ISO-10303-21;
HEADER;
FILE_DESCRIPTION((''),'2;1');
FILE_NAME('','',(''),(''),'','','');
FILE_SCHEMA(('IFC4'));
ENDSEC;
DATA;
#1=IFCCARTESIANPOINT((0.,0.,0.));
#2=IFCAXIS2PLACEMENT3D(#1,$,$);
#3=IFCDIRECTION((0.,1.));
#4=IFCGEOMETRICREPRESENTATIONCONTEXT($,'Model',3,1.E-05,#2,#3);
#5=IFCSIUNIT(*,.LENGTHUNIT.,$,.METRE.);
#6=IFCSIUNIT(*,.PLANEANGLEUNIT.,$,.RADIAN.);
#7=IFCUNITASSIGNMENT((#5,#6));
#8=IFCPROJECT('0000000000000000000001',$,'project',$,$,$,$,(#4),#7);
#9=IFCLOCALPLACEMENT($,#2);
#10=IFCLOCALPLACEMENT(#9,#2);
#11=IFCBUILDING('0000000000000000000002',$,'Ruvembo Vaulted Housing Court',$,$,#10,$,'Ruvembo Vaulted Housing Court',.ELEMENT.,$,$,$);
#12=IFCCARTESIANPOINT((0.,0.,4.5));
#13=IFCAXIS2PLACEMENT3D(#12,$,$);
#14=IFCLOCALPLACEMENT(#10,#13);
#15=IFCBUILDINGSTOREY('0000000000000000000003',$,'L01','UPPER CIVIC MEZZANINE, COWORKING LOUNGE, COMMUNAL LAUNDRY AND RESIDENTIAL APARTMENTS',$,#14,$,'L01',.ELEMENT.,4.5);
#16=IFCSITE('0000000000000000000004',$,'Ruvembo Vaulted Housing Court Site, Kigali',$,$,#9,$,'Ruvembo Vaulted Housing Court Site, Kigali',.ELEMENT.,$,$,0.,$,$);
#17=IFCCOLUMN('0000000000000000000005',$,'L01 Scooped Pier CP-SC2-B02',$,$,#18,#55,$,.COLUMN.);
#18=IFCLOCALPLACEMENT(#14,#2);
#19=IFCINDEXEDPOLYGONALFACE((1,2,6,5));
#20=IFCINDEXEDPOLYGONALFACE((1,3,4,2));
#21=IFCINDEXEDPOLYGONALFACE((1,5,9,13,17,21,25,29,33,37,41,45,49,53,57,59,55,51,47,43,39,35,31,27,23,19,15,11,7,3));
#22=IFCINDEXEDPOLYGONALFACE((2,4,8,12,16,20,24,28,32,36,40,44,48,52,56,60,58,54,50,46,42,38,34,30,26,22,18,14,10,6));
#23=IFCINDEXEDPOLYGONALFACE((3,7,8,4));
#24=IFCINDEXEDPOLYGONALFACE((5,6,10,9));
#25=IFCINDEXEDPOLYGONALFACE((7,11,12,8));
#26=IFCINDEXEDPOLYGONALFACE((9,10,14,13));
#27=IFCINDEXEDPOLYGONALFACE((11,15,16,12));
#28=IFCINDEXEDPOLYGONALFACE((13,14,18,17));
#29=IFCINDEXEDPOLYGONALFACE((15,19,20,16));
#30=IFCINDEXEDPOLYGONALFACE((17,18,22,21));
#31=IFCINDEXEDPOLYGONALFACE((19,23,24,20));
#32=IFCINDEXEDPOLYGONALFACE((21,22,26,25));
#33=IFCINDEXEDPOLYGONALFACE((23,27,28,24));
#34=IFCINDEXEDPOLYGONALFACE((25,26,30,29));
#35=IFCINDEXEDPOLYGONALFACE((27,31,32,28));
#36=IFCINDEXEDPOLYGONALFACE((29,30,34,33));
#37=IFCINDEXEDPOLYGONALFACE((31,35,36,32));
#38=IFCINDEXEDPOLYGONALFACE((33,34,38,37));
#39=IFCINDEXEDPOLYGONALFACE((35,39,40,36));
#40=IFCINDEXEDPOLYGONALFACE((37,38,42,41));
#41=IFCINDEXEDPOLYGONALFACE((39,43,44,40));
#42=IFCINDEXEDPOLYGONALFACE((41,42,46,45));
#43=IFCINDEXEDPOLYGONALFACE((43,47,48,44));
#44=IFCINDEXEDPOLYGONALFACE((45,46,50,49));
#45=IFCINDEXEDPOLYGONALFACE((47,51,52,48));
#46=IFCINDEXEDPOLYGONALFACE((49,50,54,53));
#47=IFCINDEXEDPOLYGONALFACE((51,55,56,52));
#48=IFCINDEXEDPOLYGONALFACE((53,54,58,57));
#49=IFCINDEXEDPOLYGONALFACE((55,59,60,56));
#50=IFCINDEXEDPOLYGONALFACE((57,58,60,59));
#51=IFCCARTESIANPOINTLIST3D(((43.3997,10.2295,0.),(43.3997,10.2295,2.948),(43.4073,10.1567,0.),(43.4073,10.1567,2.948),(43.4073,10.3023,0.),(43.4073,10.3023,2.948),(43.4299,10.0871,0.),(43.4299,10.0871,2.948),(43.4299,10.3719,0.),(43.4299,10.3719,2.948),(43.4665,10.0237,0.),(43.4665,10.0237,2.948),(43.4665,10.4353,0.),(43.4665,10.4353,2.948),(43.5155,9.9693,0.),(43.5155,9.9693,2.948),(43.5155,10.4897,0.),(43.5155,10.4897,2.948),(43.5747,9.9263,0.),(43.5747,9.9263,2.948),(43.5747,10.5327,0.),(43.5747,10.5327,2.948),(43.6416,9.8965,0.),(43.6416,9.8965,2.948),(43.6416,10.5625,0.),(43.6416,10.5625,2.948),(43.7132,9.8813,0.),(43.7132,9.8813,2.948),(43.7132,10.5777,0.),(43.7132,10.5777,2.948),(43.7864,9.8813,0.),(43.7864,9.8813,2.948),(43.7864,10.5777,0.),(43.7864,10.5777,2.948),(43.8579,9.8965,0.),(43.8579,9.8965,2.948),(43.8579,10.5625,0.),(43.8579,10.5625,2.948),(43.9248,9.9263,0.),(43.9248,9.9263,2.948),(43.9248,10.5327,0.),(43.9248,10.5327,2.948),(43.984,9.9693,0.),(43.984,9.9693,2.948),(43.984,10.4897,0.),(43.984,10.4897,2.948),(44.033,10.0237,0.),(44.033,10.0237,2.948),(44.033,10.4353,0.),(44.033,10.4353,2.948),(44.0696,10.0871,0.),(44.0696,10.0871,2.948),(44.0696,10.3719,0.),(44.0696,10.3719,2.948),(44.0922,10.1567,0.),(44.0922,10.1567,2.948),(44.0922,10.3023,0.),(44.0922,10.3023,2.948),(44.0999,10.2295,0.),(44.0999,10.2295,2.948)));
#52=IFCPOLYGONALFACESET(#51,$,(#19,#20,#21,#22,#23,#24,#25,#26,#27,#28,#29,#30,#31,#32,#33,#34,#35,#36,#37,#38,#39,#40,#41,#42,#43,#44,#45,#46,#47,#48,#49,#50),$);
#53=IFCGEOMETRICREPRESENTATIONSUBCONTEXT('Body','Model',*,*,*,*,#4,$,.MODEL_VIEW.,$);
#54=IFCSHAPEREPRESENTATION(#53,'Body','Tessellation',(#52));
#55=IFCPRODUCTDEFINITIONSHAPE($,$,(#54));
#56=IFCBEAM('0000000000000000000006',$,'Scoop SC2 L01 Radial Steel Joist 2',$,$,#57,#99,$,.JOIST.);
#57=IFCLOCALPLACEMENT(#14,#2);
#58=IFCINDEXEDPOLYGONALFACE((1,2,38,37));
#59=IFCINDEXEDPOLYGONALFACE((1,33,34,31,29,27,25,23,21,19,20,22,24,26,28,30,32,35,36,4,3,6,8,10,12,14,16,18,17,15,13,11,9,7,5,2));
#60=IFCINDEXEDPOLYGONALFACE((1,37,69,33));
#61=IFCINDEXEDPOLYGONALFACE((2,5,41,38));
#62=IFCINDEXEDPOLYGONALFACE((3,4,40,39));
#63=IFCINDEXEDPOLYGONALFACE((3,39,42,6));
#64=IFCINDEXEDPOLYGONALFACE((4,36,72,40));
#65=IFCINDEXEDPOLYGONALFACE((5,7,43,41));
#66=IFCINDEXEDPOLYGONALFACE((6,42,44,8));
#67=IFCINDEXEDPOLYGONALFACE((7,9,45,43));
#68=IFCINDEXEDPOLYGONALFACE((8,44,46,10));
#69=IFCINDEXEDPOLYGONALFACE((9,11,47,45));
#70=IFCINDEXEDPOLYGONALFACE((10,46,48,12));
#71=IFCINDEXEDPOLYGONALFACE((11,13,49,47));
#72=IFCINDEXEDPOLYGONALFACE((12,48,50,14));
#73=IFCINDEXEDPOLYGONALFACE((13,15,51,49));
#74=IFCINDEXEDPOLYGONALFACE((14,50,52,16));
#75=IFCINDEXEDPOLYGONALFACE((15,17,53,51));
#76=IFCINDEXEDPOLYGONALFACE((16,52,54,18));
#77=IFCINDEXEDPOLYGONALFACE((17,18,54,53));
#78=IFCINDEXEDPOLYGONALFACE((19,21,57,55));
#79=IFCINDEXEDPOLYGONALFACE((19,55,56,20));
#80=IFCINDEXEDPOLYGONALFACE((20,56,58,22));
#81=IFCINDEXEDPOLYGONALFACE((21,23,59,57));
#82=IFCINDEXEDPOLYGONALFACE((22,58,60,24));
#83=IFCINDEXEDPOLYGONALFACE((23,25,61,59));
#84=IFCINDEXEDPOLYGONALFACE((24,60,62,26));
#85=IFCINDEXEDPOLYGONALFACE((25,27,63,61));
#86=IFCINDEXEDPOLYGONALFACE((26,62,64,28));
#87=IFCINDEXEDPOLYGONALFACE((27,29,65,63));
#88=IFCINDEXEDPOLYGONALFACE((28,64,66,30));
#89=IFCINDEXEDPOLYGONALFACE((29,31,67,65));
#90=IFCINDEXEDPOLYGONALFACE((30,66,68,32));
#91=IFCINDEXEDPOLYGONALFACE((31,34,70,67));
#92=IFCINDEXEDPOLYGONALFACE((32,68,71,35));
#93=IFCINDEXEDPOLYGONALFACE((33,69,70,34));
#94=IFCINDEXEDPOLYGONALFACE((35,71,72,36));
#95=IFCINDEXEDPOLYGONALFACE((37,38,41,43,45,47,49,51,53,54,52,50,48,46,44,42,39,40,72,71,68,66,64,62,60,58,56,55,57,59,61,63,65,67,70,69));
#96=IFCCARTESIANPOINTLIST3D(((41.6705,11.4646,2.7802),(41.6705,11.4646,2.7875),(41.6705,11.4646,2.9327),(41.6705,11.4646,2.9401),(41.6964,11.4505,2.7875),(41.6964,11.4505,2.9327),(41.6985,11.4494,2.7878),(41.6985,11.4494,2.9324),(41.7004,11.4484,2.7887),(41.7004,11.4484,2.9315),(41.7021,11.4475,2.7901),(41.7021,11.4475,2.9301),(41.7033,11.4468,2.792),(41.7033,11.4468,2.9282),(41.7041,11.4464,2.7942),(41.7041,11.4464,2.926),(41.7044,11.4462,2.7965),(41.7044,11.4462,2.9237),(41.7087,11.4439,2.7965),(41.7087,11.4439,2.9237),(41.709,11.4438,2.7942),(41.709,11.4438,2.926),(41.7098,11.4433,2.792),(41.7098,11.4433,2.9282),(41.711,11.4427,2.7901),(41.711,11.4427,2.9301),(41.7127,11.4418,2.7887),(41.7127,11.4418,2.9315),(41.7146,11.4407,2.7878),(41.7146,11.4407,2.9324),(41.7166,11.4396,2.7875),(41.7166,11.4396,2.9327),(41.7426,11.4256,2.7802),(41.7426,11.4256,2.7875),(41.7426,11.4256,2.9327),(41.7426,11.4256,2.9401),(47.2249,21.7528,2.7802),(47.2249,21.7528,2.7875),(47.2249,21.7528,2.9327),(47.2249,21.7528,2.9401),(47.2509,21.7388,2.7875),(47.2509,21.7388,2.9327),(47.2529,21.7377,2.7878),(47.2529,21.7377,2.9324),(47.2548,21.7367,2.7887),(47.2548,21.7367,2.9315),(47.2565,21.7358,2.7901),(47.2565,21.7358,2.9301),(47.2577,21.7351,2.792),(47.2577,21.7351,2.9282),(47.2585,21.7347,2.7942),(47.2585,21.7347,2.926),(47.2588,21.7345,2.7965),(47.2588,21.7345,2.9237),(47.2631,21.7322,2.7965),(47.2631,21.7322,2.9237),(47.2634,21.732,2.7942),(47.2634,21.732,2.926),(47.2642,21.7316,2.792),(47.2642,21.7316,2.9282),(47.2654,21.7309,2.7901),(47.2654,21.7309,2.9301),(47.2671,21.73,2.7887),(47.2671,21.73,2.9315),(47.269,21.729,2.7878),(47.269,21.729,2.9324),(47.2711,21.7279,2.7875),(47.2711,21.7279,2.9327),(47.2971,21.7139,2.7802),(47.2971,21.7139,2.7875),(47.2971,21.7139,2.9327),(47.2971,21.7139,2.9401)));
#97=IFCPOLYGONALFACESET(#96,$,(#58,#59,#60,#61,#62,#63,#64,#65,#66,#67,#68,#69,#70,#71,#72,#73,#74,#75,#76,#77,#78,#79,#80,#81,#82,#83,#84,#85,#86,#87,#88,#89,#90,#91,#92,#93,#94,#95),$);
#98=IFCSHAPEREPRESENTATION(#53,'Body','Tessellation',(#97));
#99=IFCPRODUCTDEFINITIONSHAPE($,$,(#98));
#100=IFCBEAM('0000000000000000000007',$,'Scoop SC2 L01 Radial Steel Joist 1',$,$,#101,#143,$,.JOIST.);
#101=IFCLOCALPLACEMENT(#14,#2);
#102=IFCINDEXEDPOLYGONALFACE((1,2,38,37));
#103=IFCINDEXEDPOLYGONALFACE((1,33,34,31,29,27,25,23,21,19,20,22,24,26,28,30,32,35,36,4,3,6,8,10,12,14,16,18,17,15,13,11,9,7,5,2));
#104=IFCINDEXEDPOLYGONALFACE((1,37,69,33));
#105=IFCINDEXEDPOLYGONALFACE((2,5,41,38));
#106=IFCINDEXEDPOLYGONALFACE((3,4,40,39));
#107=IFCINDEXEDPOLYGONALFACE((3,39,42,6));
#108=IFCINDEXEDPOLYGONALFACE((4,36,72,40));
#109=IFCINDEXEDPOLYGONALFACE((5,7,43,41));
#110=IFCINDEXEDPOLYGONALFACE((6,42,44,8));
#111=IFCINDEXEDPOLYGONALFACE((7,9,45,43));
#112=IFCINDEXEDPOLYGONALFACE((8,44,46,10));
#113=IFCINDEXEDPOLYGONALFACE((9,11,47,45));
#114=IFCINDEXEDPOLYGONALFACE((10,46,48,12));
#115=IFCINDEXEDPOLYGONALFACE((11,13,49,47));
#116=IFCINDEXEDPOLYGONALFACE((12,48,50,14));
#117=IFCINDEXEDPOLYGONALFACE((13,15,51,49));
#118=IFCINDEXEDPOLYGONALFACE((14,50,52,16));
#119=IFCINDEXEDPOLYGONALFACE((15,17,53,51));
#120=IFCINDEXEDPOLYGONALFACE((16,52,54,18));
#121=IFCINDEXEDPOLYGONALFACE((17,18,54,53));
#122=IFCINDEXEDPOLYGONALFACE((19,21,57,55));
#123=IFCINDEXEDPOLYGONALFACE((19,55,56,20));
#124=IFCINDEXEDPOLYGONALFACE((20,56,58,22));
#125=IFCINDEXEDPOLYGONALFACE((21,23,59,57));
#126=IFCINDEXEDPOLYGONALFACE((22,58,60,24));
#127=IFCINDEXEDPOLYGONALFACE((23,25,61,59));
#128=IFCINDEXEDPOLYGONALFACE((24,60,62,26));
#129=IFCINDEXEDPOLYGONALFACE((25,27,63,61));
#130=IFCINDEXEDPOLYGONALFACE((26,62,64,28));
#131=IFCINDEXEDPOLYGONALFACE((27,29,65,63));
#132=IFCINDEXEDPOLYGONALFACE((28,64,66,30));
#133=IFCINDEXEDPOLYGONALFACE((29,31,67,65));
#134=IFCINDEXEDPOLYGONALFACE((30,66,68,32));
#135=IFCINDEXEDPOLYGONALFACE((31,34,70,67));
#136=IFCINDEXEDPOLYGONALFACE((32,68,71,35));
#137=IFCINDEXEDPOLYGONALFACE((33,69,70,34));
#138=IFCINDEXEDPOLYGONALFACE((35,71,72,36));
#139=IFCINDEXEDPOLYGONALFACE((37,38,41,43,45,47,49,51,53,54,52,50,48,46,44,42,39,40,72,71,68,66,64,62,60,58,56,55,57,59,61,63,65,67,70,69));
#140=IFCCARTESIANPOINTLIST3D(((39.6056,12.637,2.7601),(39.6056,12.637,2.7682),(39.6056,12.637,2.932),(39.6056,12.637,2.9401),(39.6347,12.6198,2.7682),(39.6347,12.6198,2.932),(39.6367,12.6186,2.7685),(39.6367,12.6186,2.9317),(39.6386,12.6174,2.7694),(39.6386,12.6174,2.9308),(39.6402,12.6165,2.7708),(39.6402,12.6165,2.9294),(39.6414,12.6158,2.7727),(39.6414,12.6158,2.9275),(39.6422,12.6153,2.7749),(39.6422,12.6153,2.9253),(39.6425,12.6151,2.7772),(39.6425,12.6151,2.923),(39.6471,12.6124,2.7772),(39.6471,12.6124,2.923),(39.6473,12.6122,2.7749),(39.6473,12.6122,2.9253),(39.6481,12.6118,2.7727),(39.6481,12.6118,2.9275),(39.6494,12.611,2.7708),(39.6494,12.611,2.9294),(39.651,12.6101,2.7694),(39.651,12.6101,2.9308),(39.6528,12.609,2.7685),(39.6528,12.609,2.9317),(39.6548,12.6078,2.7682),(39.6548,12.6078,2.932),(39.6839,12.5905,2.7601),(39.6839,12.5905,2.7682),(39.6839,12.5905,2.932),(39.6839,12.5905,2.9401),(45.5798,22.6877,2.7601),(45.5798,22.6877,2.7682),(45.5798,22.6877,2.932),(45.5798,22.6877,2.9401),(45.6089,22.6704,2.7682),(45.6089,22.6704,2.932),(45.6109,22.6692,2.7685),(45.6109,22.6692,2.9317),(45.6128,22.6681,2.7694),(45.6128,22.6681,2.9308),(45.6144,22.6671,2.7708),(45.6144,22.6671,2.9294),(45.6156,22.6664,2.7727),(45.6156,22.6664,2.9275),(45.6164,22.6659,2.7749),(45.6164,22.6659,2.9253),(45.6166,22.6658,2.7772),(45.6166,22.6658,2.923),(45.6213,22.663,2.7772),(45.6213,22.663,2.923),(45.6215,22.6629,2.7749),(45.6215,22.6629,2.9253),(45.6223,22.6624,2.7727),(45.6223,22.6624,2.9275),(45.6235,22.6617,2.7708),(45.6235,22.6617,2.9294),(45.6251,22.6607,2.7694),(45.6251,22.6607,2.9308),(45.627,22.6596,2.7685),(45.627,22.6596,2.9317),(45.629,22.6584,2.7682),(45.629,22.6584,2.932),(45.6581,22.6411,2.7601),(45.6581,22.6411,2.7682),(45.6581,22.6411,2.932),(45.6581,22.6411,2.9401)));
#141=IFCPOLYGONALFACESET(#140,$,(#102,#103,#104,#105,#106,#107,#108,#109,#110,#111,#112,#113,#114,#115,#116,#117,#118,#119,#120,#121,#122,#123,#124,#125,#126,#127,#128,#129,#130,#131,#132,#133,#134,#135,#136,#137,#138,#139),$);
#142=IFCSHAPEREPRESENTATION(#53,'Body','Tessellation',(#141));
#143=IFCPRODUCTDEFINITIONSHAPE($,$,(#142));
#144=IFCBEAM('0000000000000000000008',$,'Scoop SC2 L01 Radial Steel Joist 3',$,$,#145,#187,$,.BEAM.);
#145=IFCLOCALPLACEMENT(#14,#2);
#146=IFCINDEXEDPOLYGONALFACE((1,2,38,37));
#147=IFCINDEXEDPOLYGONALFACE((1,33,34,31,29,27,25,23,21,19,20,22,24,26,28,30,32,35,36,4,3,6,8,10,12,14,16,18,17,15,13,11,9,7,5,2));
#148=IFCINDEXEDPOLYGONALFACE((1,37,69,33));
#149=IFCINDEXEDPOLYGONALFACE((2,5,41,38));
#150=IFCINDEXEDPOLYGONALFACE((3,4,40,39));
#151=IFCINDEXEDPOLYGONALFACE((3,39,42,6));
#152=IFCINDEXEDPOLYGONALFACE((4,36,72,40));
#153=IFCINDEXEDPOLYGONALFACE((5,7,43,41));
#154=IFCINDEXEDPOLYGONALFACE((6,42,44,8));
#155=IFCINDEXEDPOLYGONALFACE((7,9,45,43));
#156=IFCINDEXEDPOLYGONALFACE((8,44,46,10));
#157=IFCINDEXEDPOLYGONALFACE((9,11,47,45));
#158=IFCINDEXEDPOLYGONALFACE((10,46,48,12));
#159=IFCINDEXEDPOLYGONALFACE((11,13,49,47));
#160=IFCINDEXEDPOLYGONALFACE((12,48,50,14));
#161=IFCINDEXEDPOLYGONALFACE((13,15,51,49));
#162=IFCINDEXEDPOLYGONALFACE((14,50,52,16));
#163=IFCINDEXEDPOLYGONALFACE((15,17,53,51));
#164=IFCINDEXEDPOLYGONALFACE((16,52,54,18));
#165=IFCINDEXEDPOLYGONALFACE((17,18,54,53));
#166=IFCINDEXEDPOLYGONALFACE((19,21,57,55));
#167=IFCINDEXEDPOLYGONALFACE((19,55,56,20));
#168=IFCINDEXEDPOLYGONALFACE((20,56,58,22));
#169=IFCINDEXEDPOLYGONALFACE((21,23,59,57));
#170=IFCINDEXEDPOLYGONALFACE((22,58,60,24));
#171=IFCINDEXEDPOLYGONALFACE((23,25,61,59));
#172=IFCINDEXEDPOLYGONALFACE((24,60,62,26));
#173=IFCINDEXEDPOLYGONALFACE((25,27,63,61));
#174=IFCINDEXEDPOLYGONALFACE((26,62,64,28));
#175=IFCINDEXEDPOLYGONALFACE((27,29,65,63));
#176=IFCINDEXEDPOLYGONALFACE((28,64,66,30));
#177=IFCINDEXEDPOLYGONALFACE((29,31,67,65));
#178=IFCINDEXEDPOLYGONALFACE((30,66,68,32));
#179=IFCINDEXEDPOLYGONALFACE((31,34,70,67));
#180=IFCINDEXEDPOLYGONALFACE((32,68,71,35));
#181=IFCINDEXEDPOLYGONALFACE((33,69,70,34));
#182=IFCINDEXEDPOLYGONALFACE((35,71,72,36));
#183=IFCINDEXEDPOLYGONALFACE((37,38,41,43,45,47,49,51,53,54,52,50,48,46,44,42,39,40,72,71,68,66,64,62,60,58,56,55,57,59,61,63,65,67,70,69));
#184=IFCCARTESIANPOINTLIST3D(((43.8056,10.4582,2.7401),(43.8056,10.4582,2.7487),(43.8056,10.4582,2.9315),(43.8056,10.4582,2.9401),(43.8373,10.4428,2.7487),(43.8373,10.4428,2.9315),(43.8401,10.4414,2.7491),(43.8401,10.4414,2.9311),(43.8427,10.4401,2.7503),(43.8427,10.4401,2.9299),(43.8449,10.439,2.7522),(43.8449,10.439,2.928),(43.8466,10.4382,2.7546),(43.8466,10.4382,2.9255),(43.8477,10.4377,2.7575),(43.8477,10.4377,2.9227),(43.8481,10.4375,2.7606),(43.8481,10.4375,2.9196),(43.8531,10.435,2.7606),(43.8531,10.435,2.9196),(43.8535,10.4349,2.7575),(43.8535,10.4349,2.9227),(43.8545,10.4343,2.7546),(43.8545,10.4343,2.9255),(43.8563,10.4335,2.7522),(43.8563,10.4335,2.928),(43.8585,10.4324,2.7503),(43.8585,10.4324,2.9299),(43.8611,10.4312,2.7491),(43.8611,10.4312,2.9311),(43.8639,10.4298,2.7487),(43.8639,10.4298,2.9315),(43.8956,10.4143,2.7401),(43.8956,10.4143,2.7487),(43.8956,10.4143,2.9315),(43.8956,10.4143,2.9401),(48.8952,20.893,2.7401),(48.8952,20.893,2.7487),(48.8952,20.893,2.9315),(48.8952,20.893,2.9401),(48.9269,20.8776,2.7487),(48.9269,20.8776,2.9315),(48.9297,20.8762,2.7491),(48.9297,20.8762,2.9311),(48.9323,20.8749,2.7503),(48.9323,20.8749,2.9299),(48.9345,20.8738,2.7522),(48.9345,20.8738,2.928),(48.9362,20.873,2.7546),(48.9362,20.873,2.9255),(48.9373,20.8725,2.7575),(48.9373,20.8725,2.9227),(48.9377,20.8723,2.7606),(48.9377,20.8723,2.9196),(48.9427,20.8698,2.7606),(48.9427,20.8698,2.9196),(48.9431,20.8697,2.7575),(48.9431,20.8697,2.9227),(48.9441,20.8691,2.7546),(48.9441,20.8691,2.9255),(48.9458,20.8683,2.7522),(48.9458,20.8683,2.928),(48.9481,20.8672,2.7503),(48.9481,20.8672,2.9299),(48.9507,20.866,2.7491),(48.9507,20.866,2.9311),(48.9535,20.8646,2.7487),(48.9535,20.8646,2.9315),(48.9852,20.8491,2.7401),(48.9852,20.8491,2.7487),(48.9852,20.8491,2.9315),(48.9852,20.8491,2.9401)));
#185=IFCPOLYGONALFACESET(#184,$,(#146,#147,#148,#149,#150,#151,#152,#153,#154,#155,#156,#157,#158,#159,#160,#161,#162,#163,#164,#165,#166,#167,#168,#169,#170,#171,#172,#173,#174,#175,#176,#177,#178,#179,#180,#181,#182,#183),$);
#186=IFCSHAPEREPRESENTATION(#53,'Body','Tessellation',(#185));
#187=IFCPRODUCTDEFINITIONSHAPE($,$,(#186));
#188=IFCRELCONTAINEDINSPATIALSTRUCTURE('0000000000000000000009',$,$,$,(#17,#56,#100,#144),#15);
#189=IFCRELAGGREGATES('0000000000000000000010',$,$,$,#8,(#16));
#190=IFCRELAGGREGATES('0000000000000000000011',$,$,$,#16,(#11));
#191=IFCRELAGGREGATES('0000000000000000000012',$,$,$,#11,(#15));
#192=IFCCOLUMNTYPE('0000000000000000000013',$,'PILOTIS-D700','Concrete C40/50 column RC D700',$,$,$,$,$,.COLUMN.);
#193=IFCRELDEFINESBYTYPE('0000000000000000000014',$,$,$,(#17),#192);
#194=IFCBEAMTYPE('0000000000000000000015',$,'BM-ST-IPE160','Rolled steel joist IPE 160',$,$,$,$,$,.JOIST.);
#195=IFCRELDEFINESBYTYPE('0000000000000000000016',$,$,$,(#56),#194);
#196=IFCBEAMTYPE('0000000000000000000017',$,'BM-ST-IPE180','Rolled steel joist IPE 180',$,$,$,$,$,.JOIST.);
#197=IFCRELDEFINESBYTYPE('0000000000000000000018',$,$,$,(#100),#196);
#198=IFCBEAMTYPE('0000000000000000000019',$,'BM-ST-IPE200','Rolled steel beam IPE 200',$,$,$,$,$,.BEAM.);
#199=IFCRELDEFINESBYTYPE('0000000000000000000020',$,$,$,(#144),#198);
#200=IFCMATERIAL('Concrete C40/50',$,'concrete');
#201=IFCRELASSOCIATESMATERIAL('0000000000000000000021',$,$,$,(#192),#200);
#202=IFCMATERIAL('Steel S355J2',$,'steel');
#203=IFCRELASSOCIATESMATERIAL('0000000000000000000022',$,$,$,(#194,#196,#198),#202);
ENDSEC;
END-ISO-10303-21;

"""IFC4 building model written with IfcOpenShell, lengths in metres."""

from ifc_helpers import new_model, si_unit, direction, frame, origin, origin_2d, place, context, subcontext, project, spatial, circle, i_section, extrude, material, material_profile, profile_set, type_object, element, save


model = new_model("IFC4")

# Units and contexts
model_context = context("Model", 3, precision=1e-05, world=origin(), true_north=direction((0.0, 1.0)))
body_context = subcontext(model_context, "Body", "Model", "MODEL_VIEW")
ifc_project = project(units=[si_unit("LENGTHUNIT", "METRE"), si_unit("PLANEANGLEUNIT", "RADIAN")], contexts=[model_context])

# Site, building, storey
site_placement = place(None, origin())
site = spatial("IfcSite", under=ifc_project, at=site_placement, Name="Ruvembo Vaulted Housing Court Site, Kigali", LongName="Ruvembo Vaulted Housing Court Site, Kigali", CompositionType="ELEMENT", RefElevation=0.0)
building_placement = place(site_placement, origin())
building = spatial("IfcBuilding", under=site, at=building_placement, Name="Ruvembo Vaulted Housing Court", LongName="Ruvembo Vaulted Housing Court", CompositionType="ELEMENT")
storey_placement = place(building_placement, frame((0.0, 0.0, 4.5)))
storey = spatial("IfcBuildingStorey", under=building, at=storey_placement, Name="L01", Description="UPPER CIVIC MEZZANINE, COWORKING LOUNGE, COMMUNAL LAUNDRY AND RESIDENTIAL APARTMENTS", LongName="L01", CompositionType="ELEMENT", Elevation=4.5)

# Column
ifc_material_1 = material(Name="Concrete C40/50", Category="concrete")
ifc_material_profile_1 = material_profile(ifc_material_1, circle(Radius=0.3501, at=origin_2d()), Name="RC D700")
ifc_profile_set_1 = profile_set([ifc_material_profile_1], Name="Concrete C40/50")
column_type = type_object("IfcColumnType", Name="PILOTIS-D700", Description="Concrete C40/50 column RC D700", PredefinedType="COLUMN", material=ifc_profile_set_1)
column_placement = place(storey_placement, frame((43.7498, 10.2295, 0.0), z_axis=(0.0, 0.0, 1.0), x_axis=(1.0, 0.0, 0.0)))
element("IfcColumn", 1, at=column_placement, inside=storey, type_object=column_type, Name="L01 Scooped Pier CP-SC2-B02", PredefinedType="COLUMN", context=body_context, shape_type="SweptSolid", body=[
    extrude(circle(Radius=0.3501, at=origin_2d()), origin(), (0.0, 0.0, 1.0), 2.948),
])

# Beams
ifc_material_2 = material(Name="Steel S355J2", Category="steel")
ifc_material_profile_2 = material_profile(ifc_material_2, i_section(OverallWidth=0.082, OverallDepth=0.1599, WebThickness=0.0049, FlangeThickness=0.0073, FilletRadius=0.009, at=origin_2d()), Name="IPE 160")
ifc_profile_set_2 = profile_set([ifc_material_profile_2], Name="Steel S355J2")
beam_type_1 = type_object("IfcBeamType", Name="BM-ST-IPE160", Description="Rolled steel joist IPE 160", PredefinedType="JOIST", material=ifc_profile_set_2)
beam_1_placement = place(storey_placement, frame((41.7065, 11.4451, 2.8601), z_axis=(0.475066, 0.87995, 0.0), x_axis=(-0.87995, 0.475066, 0.0)))
element("IfcBeam", 2, at=beam_1_placement, inside=storey, type_object=beam_type_1, Name="Scoop SC2 L01 Radial Steel Joist 2", PredefinedType="JOIST", context=body_context, shape_type="SweptSolid", body=[
    extrude(i_section(OverallWidth=0.082, OverallDepth=0.1599, WebThickness=0.0049, FlangeThickness=0.0073, FilletRadius=0.009, at=origin_2d()), origin(), (0.0, 0.0, 1.0), 11.6919),
])
ifc_material_profile_3 = material_profile(ifc_material_2, i_section(OverallWidth=0.0911, OverallDepth=0.1799, WebThickness=0.0054, FlangeThickness=0.0081, FilletRadius=0.009, at=origin_2d()), Name="IPE 180")
ifc_profile_set_3 = profile_set([ifc_material_profile_3], Name="Steel S355J2")
beam_type_2 = type_object("IfcBeamType", Name="BM-ST-IPE180", Description="Rolled steel joist IPE 180", PredefinedType="JOIST", material=ifc_profile_set_3)
beam_2_placement = place(storey_placement, frame((39.6448, 12.6138, 2.8501), z_axis=(0.510957, 0.859606, 0.0), x_axis=(-0.859606, 0.510957, 0.0)))
element("IfcBeam", 3, at=beam_2_placement, inside=storey, type_object=beam_type_2, Name="Scoop SC2 L01 Radial Steel Joist 1", PredefinedType="JOIST", context=body_context, shape_type="SweptSolid", body=[
    extrude(i_section(OverallWidth=0.0911, OverallDepth=0.1799, WebThickness=0.0054, FlangeThickness=0.0081, FilletRadius=0.009, at=origin_2d()), origin(), (0.0, 0.0, 1.0), 11.6921),
])
ifc_material_profile_4 = material_profile(ifc_material_2, i_section(OverallWidth=0.1001, OverallDepth=0.2, WebThickness=0.0056, FlangeThickness=0.0085, FilletRadius=0.012, at=origin_2d()), Name="IPE 200")
ifc_profile_set_4 = profile_set([ifc_material_profile_4], Name="Steel S355J2")
beam_type_3 = type_object("IfcBeamType", Name="BM-ST-IPE200", Description="Rolled steel beam IPE 200", PredefinedType="BEAM", material=ifc_profile_set_4)
beam_3_placement = place(storey_placement, frame((43.8506, 10.4363, 2.8401), z_axis=(0.438385, 0.898787, 0.0), x_axis=(-0.898787, 0.438385, 0.0)))
element("IfcBeam", 4, at=beam_3_placement, inside=storey, type_object=beam_type_3, Name="Scoop SC2 L01 Radial Steel Joist 3", PredefinedType="BEAM", context=body_context, shape_type="SweptSolid", body=[
    extrude(i_section(OverallWidth=0.1001, OverallDepth=0.2, WebThickness=0.0056, FlangeThickness=0.0085, FilletRadius=0.012, at=origin_2d()), origin(), (0.0, 0.0, 1.0), 11.6099),
])

save(model, "model.ifc")
